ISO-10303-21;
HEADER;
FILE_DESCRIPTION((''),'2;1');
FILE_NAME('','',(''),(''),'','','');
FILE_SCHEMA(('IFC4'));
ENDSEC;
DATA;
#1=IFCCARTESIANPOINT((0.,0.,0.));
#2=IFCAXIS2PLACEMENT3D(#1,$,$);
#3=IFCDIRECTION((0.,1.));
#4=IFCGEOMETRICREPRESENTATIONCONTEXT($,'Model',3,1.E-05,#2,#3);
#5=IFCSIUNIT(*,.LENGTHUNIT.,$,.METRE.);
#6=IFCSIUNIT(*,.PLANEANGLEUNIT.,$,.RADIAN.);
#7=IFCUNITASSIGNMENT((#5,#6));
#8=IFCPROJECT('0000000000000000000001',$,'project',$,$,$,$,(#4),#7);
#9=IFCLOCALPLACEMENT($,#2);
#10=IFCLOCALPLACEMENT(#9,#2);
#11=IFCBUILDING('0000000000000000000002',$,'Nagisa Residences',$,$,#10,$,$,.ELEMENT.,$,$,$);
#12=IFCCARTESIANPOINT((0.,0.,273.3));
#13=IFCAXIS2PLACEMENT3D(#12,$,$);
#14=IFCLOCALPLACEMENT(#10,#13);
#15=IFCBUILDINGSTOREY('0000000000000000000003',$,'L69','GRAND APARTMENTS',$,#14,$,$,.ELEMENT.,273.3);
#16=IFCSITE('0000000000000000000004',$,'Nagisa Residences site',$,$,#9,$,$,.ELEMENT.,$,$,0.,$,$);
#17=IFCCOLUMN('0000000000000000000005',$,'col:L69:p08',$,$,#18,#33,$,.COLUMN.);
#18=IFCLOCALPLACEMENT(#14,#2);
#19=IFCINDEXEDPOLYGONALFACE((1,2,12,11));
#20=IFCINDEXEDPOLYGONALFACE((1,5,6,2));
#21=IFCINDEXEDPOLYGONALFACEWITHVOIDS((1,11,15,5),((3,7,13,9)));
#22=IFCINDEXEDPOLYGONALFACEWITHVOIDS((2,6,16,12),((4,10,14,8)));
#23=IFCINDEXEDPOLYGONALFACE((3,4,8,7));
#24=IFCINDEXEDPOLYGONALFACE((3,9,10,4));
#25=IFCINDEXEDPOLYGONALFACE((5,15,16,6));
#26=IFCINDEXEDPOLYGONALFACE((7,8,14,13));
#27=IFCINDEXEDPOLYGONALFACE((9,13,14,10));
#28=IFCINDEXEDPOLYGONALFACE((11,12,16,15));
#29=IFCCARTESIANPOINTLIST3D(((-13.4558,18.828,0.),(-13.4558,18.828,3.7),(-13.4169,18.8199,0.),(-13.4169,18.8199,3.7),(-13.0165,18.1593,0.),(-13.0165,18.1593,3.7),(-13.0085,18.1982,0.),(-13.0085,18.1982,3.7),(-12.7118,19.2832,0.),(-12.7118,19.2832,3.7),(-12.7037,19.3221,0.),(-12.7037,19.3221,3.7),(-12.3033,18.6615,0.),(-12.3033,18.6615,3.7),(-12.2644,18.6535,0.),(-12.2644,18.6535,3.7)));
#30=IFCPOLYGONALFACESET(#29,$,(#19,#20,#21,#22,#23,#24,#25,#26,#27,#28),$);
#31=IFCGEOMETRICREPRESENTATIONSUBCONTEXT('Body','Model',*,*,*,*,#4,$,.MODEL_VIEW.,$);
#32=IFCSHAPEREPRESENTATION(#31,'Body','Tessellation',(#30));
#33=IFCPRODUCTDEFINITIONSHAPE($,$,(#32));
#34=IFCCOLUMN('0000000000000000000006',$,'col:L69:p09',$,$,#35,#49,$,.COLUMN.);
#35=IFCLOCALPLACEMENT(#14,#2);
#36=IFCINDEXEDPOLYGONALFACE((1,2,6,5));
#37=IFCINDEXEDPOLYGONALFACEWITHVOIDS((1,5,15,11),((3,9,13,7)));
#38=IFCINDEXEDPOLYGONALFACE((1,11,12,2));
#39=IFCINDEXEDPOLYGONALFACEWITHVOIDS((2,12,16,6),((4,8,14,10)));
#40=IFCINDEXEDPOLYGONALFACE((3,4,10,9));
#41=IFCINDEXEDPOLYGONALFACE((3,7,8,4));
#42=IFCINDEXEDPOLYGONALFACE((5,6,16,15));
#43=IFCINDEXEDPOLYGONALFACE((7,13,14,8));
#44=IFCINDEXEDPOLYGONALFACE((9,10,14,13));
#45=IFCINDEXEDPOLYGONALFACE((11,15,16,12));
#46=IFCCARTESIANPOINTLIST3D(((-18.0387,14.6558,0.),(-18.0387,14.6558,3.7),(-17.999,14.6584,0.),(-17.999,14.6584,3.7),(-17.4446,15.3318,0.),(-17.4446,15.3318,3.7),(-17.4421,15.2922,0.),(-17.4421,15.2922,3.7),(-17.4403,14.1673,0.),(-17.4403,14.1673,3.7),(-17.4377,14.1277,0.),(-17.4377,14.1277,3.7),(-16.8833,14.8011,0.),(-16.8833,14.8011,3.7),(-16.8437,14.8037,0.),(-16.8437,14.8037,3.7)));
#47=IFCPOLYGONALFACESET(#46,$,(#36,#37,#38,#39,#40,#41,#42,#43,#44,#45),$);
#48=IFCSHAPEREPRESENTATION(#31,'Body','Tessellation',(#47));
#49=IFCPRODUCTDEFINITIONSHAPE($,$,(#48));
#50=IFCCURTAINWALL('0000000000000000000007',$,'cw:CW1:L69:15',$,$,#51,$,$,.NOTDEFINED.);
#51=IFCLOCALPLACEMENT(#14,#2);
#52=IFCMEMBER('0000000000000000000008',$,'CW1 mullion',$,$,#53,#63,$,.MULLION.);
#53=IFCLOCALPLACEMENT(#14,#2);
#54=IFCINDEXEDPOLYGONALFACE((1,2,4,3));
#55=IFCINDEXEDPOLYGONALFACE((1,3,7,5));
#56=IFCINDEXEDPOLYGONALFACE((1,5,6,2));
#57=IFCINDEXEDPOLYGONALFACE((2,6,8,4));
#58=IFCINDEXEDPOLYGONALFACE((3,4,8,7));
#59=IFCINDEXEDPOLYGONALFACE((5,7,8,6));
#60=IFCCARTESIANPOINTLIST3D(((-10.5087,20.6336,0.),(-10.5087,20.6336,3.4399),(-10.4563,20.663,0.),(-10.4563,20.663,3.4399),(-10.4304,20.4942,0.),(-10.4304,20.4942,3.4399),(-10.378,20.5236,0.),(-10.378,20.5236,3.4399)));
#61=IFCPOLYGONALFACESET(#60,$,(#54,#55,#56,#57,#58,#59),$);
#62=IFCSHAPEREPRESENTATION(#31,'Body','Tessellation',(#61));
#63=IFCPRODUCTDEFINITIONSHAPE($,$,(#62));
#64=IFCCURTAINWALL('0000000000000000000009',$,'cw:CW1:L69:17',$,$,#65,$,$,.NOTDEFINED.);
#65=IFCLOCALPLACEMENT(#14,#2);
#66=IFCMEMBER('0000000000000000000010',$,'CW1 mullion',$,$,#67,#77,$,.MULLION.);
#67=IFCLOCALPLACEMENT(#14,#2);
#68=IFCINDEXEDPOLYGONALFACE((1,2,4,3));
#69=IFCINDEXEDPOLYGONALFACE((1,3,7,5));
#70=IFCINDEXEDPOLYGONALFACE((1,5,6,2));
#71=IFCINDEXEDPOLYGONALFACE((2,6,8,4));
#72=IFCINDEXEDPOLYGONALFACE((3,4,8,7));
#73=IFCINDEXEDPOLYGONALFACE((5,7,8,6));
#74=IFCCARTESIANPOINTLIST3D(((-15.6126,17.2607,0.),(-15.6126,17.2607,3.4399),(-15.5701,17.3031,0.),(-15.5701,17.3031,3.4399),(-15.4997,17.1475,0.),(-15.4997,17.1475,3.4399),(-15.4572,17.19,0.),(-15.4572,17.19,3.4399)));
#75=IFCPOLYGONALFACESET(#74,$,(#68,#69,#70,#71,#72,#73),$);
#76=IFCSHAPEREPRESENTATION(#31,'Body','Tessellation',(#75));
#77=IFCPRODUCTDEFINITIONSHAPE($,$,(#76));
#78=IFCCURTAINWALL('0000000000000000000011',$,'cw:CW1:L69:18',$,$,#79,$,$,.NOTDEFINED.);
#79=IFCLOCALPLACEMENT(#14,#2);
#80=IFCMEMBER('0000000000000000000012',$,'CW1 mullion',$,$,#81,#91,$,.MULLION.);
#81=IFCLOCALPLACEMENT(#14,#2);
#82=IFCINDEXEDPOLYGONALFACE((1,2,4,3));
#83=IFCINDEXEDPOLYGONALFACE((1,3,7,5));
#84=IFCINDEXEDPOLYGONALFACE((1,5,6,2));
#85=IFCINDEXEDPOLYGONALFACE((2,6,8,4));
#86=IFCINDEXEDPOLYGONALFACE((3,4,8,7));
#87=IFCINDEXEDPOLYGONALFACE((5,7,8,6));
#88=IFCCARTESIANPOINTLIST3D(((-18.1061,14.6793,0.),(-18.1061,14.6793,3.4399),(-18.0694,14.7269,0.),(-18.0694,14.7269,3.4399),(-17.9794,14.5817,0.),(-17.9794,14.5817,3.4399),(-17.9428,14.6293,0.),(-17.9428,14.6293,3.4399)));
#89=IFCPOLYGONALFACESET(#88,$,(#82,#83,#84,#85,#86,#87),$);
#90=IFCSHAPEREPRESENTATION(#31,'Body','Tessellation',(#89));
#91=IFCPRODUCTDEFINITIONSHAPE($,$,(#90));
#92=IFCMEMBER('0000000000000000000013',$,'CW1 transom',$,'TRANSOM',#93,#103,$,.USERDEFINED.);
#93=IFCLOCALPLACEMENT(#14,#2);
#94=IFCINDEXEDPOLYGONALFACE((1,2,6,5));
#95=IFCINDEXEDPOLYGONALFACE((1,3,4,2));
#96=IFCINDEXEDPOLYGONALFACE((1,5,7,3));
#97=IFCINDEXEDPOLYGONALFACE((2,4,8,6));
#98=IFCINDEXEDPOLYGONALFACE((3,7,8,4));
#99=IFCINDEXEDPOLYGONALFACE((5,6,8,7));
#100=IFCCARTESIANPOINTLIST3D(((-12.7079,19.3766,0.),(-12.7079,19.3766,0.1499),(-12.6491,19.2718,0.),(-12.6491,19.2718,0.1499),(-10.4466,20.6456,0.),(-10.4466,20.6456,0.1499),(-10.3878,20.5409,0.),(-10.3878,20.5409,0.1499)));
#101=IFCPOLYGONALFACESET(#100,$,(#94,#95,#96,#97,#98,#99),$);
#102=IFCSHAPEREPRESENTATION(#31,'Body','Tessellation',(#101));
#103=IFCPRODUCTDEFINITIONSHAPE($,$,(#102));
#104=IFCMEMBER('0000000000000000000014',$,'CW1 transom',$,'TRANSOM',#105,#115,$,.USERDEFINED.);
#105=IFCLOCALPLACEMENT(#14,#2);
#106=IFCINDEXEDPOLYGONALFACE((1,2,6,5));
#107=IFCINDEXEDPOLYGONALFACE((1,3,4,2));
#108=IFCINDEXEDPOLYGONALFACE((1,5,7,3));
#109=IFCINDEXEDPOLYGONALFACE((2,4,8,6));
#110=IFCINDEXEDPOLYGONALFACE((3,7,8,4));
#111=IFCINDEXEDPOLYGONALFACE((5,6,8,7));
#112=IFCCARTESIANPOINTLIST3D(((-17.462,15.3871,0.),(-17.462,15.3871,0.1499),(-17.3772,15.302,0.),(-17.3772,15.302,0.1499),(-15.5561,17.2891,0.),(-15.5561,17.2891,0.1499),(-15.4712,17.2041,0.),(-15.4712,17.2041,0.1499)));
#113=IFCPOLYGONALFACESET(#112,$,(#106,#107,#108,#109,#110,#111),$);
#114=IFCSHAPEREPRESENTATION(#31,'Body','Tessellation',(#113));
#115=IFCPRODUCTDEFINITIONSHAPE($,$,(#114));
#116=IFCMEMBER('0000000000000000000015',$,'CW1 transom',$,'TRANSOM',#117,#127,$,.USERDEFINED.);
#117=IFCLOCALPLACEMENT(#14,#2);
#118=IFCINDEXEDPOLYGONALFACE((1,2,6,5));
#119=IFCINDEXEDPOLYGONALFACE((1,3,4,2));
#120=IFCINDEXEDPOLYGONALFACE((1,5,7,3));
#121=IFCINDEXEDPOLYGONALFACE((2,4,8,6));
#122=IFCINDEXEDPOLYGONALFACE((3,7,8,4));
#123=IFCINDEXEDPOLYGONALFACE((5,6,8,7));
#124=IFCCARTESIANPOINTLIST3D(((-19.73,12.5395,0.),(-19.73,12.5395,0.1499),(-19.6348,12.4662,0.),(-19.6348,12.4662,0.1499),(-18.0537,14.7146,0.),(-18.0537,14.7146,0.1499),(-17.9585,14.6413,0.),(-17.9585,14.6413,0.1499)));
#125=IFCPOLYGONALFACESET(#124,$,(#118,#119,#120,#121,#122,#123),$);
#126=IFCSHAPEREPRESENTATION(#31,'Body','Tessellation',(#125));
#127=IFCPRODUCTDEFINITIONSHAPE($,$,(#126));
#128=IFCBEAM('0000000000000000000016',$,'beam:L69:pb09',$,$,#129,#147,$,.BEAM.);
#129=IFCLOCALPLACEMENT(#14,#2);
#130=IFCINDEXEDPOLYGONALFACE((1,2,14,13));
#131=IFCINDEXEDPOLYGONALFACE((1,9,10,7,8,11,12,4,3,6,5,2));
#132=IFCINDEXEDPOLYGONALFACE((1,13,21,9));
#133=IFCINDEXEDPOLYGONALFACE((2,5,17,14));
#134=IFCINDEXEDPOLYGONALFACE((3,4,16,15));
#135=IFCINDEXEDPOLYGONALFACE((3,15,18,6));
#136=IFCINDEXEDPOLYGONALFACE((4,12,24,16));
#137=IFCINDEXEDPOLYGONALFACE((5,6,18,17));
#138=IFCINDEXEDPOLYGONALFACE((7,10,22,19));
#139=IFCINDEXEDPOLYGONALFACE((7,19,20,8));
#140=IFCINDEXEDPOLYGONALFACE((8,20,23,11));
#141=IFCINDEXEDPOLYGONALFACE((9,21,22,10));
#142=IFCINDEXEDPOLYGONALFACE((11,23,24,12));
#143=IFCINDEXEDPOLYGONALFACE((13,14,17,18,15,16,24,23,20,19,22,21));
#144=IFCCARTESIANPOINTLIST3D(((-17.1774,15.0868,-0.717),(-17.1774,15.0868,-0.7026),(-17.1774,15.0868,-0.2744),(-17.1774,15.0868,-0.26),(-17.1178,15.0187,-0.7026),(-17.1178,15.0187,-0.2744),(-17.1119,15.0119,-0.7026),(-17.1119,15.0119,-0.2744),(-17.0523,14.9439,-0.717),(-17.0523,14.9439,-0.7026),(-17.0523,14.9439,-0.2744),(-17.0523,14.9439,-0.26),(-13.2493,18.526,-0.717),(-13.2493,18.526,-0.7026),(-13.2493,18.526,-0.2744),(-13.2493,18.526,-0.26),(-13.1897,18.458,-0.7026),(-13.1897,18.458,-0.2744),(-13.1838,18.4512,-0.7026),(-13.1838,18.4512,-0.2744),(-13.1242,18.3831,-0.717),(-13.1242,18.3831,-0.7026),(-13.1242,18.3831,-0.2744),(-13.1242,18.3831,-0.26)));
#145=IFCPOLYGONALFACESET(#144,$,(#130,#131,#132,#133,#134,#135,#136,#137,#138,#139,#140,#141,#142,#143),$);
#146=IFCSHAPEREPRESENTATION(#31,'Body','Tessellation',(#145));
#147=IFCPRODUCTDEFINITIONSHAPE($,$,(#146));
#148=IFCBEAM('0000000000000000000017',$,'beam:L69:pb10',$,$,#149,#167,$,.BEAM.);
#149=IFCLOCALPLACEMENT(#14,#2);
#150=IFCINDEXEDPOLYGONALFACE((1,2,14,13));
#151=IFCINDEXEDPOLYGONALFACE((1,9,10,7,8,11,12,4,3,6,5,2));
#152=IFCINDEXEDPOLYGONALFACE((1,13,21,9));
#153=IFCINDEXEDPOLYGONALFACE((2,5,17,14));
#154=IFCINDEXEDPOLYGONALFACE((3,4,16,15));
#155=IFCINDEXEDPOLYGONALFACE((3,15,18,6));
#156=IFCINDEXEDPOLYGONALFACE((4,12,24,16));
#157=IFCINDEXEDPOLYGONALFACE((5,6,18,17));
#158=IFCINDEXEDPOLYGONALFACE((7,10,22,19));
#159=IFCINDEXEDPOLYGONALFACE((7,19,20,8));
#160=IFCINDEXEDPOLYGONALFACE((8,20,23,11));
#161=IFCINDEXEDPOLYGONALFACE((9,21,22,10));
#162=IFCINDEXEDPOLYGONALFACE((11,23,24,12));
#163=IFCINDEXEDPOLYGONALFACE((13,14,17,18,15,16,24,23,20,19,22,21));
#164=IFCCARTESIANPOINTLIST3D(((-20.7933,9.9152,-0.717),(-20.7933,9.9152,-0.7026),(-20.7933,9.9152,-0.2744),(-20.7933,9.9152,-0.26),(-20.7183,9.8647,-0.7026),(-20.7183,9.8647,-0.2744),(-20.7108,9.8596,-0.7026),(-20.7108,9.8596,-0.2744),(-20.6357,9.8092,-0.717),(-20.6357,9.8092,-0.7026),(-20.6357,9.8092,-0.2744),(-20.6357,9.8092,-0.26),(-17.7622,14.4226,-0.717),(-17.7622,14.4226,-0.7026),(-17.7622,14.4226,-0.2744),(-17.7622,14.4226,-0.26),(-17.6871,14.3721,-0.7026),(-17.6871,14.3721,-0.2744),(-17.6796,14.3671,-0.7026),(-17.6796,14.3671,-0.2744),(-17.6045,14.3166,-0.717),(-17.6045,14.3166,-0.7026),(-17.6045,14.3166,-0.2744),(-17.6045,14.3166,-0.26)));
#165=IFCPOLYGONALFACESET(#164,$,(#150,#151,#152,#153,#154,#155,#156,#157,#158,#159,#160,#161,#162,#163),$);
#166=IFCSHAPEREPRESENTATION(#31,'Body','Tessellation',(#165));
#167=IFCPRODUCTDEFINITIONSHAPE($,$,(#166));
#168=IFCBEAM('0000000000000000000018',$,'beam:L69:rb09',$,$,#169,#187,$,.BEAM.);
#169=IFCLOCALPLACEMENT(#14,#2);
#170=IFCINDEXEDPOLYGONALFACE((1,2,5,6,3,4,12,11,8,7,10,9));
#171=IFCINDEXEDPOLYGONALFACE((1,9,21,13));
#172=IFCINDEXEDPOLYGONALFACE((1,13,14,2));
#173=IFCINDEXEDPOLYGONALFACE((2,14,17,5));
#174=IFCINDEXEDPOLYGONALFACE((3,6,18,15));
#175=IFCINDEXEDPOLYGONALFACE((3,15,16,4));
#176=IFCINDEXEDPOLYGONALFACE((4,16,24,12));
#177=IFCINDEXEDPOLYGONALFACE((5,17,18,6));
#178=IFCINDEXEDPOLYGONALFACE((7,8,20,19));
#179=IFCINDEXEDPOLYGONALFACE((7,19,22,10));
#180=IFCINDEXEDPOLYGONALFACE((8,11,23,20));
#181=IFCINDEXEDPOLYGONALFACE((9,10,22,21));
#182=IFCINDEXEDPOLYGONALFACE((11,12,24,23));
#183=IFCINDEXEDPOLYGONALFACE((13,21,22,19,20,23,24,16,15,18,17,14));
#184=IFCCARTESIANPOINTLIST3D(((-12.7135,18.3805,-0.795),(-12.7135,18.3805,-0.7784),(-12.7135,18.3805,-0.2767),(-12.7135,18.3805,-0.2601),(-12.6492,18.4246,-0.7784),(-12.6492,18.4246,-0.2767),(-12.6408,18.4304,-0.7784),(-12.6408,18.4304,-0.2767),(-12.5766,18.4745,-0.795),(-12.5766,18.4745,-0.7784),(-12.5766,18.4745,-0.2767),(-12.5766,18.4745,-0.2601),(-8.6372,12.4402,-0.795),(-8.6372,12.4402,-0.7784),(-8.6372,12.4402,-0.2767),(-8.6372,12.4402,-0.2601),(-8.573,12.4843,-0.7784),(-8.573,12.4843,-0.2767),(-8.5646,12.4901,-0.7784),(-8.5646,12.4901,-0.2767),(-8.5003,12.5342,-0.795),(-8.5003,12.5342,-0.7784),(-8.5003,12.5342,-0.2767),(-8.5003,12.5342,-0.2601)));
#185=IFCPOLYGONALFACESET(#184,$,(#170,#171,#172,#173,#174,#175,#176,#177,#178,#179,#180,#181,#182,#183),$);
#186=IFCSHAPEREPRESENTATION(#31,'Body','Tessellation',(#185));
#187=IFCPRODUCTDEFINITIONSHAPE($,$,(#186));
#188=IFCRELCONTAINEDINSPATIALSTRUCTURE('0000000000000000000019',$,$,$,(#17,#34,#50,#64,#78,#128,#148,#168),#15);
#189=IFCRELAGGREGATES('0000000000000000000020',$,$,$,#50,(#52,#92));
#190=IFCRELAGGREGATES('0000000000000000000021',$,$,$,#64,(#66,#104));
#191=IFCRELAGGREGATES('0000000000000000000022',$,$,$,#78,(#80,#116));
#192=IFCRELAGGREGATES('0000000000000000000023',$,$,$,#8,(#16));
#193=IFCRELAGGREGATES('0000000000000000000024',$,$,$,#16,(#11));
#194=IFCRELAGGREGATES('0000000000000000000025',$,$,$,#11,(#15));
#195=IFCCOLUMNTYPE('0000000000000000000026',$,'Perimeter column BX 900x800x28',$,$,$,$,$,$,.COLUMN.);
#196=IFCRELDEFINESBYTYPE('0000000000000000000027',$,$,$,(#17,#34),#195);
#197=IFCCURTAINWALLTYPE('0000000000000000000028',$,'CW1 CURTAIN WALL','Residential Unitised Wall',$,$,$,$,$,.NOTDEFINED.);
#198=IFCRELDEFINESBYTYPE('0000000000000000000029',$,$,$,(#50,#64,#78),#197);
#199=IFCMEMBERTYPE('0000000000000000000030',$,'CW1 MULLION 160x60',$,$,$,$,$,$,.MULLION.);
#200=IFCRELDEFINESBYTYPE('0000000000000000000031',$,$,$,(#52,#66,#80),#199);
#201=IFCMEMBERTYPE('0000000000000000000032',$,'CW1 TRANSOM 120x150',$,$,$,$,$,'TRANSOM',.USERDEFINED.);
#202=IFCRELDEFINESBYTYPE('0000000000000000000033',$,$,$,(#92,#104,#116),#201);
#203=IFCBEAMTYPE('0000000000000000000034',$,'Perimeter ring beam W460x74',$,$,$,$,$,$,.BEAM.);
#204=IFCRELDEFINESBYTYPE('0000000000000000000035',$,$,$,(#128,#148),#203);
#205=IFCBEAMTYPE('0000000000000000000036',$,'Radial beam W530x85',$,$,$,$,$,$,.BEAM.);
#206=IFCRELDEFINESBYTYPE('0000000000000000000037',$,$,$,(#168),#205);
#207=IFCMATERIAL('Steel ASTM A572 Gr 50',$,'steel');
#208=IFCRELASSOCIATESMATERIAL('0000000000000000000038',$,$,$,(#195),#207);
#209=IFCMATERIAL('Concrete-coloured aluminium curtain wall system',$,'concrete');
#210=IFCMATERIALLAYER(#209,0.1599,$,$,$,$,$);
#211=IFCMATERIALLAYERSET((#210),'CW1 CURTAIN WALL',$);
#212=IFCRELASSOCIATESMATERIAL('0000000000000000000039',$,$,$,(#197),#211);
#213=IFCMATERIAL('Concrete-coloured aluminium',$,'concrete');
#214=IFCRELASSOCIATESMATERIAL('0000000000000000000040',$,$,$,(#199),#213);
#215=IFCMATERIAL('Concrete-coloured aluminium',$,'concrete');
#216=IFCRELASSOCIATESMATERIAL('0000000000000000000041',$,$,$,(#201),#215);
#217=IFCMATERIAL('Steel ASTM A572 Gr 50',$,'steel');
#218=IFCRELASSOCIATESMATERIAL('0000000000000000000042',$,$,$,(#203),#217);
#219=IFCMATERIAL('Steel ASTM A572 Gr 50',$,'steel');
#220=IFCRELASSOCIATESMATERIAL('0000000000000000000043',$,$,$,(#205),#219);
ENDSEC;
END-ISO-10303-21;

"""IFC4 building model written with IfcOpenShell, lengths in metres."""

from ifc_helpers import new_model, si_unit, direction, frame, origin, origin_2d, place, context, subcontext, project, spatial, rectangle, hollow_rectangle, i_section, extrude, material, layer, layer_set, material_profile, profile_set, type_object, element, aggregate, save


model = new_model("IFC4")

# Units and contexts
model_context = context("Model", 3, precision=1e-05, world=origin(), true_north=direction((0.0, 1.0)))
body_context = subcontext(model_context, "Body", "Model", "MODEL_VIEW")
ifc_project = project(units=[si_unit("LENGTHUNIT", "METRE"), si_unit("PLANEANGLEUNIT", "RADIAN")], contexts=[model_context])

# Site, building, storey
site_placement = place(None, origin())
site = spatial("IfcSite", under=ifc_project, at=site_placement, Name="Nagisa Residences site", CompositionType="ELEMENT", RefElevation=0.0)
building_placement = place(site_placement, origin())
building = spatial("IfcBuilding", under=site, at=building_placement, Name="Nagisa Residences", CompositionType="ELEMENT")
storey_placement = place(building_placement, frame((0.0, 0.0, 273.3)))
storey = spatial("IfcBuildingStorey", under=building, at=storey_placement, Name="L69", Description="GRAND APARTMENTS", CompositionType="ELEMENT", Elevation=273.3)

# Columns
ifc_material_1 = material(Name="Steel ASTM A572 Gr 50", Category="steel")
ifc_material_profile_1 = material_profile(ifc_material_1, hollow_rectangle(XDim=0.8999, YDim=0.8, WallThickness=0.0281, at=origin_2d()), Name="BX 900x800x28")
ifc_profile_set_1 = profile_set([ifc_material_profile_1], Name="Steel ASTM A572 Gr 50")
column_type = type_object("IfcColumnType", Name="Perimeter column BX 900x800x28", PredefinedType="COLUMN", material=ifc_profile_set_1)
for number, where, z_axis, x_axis, name in (
    (1, (-12.8601, 18.7407, 0.0), (0.0, 0.0, 1.0), (-0.835766, -0.549086, 0.0), "col:L69:p08"),
    (2, (-17.4412, 14.7297, 0.0), (0.0, 0.0, 1.0), (-0.660115, -0.751165, 0.0), "col:L69:p09"),
):
    element("IfcColumn", number, at=place(storey_placement, frame(where, z_axis=z_axis, x_axis=x_axis)), inside=storey, type_object=column_type, Name=name, PredefinedType="COLUMN", context=body_context, shape_type="SweptSolid", body=[
        extrude(hollow_rectangle(XDim=0.8999, YDim=0.8, WallThickness=0.0281, at=origin_2d()), origin(), (0.0, 0.0, 1.0), 3.7),
    ])

# Curtain walls, members
ifc_material_2 = material(Name="Concrete-coloured aluminium curtain wall system", Category="concrete")
ifc_layer_1 = layer(ifc_material_2, 0.1599)
ifc_layer_set_1 = layer_set([ifc_layer_1], Name="CW1 CURTAIN WALL")
curtain_wall_type = type_object("IfcCurtainWallType", Name="CW1 CURTAIN WALL", Description="Residential Unitised Wall", PredefinedType="NOTDEFINED", material=ifc_layer_set_1)
curtain_wall_1_placement = place(storey_placement, origin())
curtain_wall_1 = element("IfcCurtainWall", 3, at=curtain_wall_1_placement, inside=storey, type_object=curtain_wall_type, Name="cw:CW1:L69:15", PredefinedType="NOTDEFINED")
ifc_material_3 = material(Name="Concrete-coloured aluminium", Category="concrete")
ifc_material_profile_2 = material_profile(ifc_material_3, rectangle(XDim=0.1599, YDim=0.0601, at=origin_2d()), Name="CW1 MULLION 160x60")
ifc_profile_set_2 = profile_set([ifc_material_profile_2], Name="Concrete-coloured aluminium")
member_type_1 = type_object("IfcMemberType", Name="CW1 MULLION 160x60", PredefinedType="MULLION", material=ifc_profile_set_2)
member_1_placement = place(storey_placement, frame((-10.4434, 20.5786, 0.0), z_axis=(0.0, 0.0, 1.0), x_axis=(0.489377, -0.872072, 0.0)))
member_1 = element("IfcMember", 4, at=member_1_placement, type_object=member_type_1, Name="CW1 mullion", PredefinedType="MULLION", context=body_context, shape_type="SweptSolid", body=[
    extrude(rectangle(XDim=0.1599, YDim=0.0601, at=origin_2d()), origin(), (0.0, 0.0, 1.0), 3.4399),
])
curtain_wall_2_placement = place(storey_placement, origin())
curtain_wall_2 = element("IfcCurtainWall", 5, at=curtain_wall_2_placement, inside=storey, type_object=curtain_wall_type, Name="cw:CW1:L69:17", PredefinedType="NOTDEFINED")
member_2_placement = place(storey_placement, frame((-15.5349, 17.2253, 0.0), z_axis=(0.0, 0.0, 1.0), x_axis=(0.706377, -0.707836, 0.0)))
member_2 = element("IfcMember", 6, at=member_2_placement, type_object=member_type_1, Name="CW1 mullion", PredefinedType="MULLION", context=body_context, shape_type="SweptSolid", body=[
    extrude(rectangle(XDim=0.1599, YDim=0.0601, at=origin_2d()), origin(), (0.0, 0.0, 1.0), 3.4399),
])
curtain_wall_3_placement = place(storey_placement, origin())
curtain_wall_3 = element("IfcCurtainWall", 7, at=curtain_wall_3_placement, inside=storey, type_object=curtain_wall_type, Name="cw:CW1:L69:18", PredefinedType="NOTDEFINED")
member_3_placement = place(storey_placement, frame((-18.0244, 14.6543, 0.0), z_axis=(0.0, 0.0, 1.0), x_axis=(0.79207, -0.61043, 0.0)))
member_3 = element("IfcMember", 8, at=member_3_placement, type_object=member_type_1, Name="CW1 mullion", PredefinedType="MULLION", context=body_context, shape_type="SweptSolid", body=[
    extrude(rectangle(XDim=0.1599, YDim=0.0601, at=origin_2d()), origin(), (0.0, 0.0, 1.0), 3.4399),
])

# Members
ifc_material_4 = material(Name="Concrete-coloured aluminium", Category="concrete")
ifc_material_profile_3 = material_profile(ifc_material_4, rectangle(XDim=0.1201, YDim=0.1499, at=origin_2d()), Name="CW1 TRANSOM 120x150")
ifc_profile_set_3 = profile_set([ifc_material_profile_3], Name="Concrete-coloured aluminium")
member_type_2 = type_object("IfcMemberType", Name="CW1 TRANSOM 120x150", ElementType="TRANSOM", PredefinedType="USERDEFINED", material=ifc_profile_set_3)
member_4_placement = place(storey_placement, frame((-10.4172, 20.5933, 0.075), z_axis=(-0.872053, -0.489412, 0.0), x_axis=(0.489412, -0.872053, 0.0)))
member_4 = element("IfcMember", 9, at=member_4_placement, type_object=member_type_2, Name="CW1 transom", ObjectType="TRANSOM", PredefinedType="USERDEFINED", context=body_context, shape_type="SweptSolid", body=[
    extrude(rectangle(XDim=0.1201, YDim=0.1499, at=origin_2d()), origin(), (0.0, 0.0, 1.0), 2.593),
])
member_5_placement = place(storey_placement, frame((-15.5137, 17.2466, 0.075), z_axis=(-0.707832, -0.706381, 0.0), x_axis=(0.706381, -0.707832, 0.0)))
member_5 = element("IfcMember", 10, at=member_5_placement, type_object=member_type_2, Name="CW1 transom", ObjectType="TRANSOM", PredefinedType="USERDEFINED", context=body_context, shape_type="SweptSolid", body=[
    extrude(rectangle(XDim=0.1201, YDim=0.1499, at=origin_2d()), origin(), (0.0, 0.0, 1.0), 2.6926),
])
member_6_placement = place(storey_placement, frame((-18.0061, 14.678, 0.075), z_axis=(-0.610432, -0.792068, 0.0), x_axis=(0.792068, -0.610432, 0.0)))
member_6 = element("IfcMember", 11, at=member_6_placement, type_object=member_type_2, Name="CW1 transom", ObjectType="TRANSOM", PredefinedType="USERDEFINED", context=body_context, shape_type="SweptSolid", body=[
    extrude(rectangle(XDim=0.1201, YDim=0.1499, at=origin_2d()), origin(), (0.0, 0.0, 1.0), 2.7461),
])

# Beams
ifc_material_5 = material(Name="Steel ASTM A572 Gr 50", Category="steel")
ifc_material_profile_4 = material_profile(ifc_material_5, i_section(OverallWidth=0.1899, OverallDepth=0.457, WebThickness=0.009, FlangeThickness=0.0144, at=origin_2d()), Name="W460x74")
ifc_profile_set_4 = profile_set([ifc_material_profile_4], Name="Steel ASTM A572 Gr 50")
beam_type_1 = type_object("IfcBeamType", Name="Perimeter ring beam W460x74", PredefinedType="BEAM", material=ifc_profile_set_4)
beam_1_placement = place(storey_placement, frame((-13.1868, 18.4546, -0.4885), z_axis=(-0.752365, -0.658746, 0.0), x_axis=(0.658746, -0.752365, 0.0)))
element("IfcBeam", 12, at=beam_1_placement, inside=storey, type_object=beam_type_1, Name="beam:L69:pb09", PredefinedType="BEAM", context=body_context, shape_type="SweptSolid", body=[
    extrude(i_section(OverallWidth=0.1899, OverallDepth=0.457, WebThickness=0.009, FlangeThickness=0.0144, at=origin_2d()), origin(), (0.0, 0.0, 1.0), 5.2209),
])
beam_2_placement = place(storey_placement, frame((-17.6833, 14.3696, -0.4885), z_axis=(-0.558035, -0.829817, 0.0), x_axis=(0.829817, -0.558035, 0.0)))
element("IfcBeam", 13, at=beam_2_placement, inside=storey, type_object=beam_type_1, Name="beam:L69:pb10", PredefinedType="BEAM", context=body_context, shape_type="SweptSolid", body=[
    extrude(i_section(OverallWidth=0.1899, OverallDepth=0.457, WebThickness=0.009, FlangeThickness=0.0144, at=origin_2d()), origin(), (0.0, 0.0, 1.0), 5.4319),
])
ifc_material_6 = material(Name="Steel ASTM A572 Gr 50", Category="steel")
ifc_material_profile_5 = material_profile(ifc_material_6, i_section(OverallWidth=0.166, OverallDepth=0.5349, WebThickness=0.0103, FlangeThickness=0.0166, at=origin_2d()), Name="W530x85")
ifc_profile_set_5 = profile_set([ifc_material_profile_5], Name="Steel ASTM A572 Gr 50")
beam_type_2 = type_object("IfcBeamType", Name="Radial beam W530x85", PredefinedType="BEAM", material=ifc_profile_set_5)
beam_3_placement = place(storey_placement, frame((-12.645, 18.4275, -0.5276), z_axis=(0.565802, -0.824541, 0.0), x_axis=(0.824541, 0.565802, 0.0)))
element("IfcBeam", 14, at=beam_3_placement, inside=storey, type_object=beam_type_2, Name="beam:L69:rb09", PredefinedType="BEAM", context=body_context, shape_type="SweptSolid", body=[
    extrude(i_section(OverallWidth=0.166, OverallDepth=0.5349, WebThickness=0.0103, FlangeThickness=0.0166, at=origin_2d()), origin(), (0.0, 0.0, 1.0), 7.2043),
])

aggregate(curtain_wall_1, [member_1, member_4])
aggregate(curtain_wall_2, [member_2, member_5])
aggregate(curtain_wall_3, [member_3, member_6])

save(model, "model.ifc")
